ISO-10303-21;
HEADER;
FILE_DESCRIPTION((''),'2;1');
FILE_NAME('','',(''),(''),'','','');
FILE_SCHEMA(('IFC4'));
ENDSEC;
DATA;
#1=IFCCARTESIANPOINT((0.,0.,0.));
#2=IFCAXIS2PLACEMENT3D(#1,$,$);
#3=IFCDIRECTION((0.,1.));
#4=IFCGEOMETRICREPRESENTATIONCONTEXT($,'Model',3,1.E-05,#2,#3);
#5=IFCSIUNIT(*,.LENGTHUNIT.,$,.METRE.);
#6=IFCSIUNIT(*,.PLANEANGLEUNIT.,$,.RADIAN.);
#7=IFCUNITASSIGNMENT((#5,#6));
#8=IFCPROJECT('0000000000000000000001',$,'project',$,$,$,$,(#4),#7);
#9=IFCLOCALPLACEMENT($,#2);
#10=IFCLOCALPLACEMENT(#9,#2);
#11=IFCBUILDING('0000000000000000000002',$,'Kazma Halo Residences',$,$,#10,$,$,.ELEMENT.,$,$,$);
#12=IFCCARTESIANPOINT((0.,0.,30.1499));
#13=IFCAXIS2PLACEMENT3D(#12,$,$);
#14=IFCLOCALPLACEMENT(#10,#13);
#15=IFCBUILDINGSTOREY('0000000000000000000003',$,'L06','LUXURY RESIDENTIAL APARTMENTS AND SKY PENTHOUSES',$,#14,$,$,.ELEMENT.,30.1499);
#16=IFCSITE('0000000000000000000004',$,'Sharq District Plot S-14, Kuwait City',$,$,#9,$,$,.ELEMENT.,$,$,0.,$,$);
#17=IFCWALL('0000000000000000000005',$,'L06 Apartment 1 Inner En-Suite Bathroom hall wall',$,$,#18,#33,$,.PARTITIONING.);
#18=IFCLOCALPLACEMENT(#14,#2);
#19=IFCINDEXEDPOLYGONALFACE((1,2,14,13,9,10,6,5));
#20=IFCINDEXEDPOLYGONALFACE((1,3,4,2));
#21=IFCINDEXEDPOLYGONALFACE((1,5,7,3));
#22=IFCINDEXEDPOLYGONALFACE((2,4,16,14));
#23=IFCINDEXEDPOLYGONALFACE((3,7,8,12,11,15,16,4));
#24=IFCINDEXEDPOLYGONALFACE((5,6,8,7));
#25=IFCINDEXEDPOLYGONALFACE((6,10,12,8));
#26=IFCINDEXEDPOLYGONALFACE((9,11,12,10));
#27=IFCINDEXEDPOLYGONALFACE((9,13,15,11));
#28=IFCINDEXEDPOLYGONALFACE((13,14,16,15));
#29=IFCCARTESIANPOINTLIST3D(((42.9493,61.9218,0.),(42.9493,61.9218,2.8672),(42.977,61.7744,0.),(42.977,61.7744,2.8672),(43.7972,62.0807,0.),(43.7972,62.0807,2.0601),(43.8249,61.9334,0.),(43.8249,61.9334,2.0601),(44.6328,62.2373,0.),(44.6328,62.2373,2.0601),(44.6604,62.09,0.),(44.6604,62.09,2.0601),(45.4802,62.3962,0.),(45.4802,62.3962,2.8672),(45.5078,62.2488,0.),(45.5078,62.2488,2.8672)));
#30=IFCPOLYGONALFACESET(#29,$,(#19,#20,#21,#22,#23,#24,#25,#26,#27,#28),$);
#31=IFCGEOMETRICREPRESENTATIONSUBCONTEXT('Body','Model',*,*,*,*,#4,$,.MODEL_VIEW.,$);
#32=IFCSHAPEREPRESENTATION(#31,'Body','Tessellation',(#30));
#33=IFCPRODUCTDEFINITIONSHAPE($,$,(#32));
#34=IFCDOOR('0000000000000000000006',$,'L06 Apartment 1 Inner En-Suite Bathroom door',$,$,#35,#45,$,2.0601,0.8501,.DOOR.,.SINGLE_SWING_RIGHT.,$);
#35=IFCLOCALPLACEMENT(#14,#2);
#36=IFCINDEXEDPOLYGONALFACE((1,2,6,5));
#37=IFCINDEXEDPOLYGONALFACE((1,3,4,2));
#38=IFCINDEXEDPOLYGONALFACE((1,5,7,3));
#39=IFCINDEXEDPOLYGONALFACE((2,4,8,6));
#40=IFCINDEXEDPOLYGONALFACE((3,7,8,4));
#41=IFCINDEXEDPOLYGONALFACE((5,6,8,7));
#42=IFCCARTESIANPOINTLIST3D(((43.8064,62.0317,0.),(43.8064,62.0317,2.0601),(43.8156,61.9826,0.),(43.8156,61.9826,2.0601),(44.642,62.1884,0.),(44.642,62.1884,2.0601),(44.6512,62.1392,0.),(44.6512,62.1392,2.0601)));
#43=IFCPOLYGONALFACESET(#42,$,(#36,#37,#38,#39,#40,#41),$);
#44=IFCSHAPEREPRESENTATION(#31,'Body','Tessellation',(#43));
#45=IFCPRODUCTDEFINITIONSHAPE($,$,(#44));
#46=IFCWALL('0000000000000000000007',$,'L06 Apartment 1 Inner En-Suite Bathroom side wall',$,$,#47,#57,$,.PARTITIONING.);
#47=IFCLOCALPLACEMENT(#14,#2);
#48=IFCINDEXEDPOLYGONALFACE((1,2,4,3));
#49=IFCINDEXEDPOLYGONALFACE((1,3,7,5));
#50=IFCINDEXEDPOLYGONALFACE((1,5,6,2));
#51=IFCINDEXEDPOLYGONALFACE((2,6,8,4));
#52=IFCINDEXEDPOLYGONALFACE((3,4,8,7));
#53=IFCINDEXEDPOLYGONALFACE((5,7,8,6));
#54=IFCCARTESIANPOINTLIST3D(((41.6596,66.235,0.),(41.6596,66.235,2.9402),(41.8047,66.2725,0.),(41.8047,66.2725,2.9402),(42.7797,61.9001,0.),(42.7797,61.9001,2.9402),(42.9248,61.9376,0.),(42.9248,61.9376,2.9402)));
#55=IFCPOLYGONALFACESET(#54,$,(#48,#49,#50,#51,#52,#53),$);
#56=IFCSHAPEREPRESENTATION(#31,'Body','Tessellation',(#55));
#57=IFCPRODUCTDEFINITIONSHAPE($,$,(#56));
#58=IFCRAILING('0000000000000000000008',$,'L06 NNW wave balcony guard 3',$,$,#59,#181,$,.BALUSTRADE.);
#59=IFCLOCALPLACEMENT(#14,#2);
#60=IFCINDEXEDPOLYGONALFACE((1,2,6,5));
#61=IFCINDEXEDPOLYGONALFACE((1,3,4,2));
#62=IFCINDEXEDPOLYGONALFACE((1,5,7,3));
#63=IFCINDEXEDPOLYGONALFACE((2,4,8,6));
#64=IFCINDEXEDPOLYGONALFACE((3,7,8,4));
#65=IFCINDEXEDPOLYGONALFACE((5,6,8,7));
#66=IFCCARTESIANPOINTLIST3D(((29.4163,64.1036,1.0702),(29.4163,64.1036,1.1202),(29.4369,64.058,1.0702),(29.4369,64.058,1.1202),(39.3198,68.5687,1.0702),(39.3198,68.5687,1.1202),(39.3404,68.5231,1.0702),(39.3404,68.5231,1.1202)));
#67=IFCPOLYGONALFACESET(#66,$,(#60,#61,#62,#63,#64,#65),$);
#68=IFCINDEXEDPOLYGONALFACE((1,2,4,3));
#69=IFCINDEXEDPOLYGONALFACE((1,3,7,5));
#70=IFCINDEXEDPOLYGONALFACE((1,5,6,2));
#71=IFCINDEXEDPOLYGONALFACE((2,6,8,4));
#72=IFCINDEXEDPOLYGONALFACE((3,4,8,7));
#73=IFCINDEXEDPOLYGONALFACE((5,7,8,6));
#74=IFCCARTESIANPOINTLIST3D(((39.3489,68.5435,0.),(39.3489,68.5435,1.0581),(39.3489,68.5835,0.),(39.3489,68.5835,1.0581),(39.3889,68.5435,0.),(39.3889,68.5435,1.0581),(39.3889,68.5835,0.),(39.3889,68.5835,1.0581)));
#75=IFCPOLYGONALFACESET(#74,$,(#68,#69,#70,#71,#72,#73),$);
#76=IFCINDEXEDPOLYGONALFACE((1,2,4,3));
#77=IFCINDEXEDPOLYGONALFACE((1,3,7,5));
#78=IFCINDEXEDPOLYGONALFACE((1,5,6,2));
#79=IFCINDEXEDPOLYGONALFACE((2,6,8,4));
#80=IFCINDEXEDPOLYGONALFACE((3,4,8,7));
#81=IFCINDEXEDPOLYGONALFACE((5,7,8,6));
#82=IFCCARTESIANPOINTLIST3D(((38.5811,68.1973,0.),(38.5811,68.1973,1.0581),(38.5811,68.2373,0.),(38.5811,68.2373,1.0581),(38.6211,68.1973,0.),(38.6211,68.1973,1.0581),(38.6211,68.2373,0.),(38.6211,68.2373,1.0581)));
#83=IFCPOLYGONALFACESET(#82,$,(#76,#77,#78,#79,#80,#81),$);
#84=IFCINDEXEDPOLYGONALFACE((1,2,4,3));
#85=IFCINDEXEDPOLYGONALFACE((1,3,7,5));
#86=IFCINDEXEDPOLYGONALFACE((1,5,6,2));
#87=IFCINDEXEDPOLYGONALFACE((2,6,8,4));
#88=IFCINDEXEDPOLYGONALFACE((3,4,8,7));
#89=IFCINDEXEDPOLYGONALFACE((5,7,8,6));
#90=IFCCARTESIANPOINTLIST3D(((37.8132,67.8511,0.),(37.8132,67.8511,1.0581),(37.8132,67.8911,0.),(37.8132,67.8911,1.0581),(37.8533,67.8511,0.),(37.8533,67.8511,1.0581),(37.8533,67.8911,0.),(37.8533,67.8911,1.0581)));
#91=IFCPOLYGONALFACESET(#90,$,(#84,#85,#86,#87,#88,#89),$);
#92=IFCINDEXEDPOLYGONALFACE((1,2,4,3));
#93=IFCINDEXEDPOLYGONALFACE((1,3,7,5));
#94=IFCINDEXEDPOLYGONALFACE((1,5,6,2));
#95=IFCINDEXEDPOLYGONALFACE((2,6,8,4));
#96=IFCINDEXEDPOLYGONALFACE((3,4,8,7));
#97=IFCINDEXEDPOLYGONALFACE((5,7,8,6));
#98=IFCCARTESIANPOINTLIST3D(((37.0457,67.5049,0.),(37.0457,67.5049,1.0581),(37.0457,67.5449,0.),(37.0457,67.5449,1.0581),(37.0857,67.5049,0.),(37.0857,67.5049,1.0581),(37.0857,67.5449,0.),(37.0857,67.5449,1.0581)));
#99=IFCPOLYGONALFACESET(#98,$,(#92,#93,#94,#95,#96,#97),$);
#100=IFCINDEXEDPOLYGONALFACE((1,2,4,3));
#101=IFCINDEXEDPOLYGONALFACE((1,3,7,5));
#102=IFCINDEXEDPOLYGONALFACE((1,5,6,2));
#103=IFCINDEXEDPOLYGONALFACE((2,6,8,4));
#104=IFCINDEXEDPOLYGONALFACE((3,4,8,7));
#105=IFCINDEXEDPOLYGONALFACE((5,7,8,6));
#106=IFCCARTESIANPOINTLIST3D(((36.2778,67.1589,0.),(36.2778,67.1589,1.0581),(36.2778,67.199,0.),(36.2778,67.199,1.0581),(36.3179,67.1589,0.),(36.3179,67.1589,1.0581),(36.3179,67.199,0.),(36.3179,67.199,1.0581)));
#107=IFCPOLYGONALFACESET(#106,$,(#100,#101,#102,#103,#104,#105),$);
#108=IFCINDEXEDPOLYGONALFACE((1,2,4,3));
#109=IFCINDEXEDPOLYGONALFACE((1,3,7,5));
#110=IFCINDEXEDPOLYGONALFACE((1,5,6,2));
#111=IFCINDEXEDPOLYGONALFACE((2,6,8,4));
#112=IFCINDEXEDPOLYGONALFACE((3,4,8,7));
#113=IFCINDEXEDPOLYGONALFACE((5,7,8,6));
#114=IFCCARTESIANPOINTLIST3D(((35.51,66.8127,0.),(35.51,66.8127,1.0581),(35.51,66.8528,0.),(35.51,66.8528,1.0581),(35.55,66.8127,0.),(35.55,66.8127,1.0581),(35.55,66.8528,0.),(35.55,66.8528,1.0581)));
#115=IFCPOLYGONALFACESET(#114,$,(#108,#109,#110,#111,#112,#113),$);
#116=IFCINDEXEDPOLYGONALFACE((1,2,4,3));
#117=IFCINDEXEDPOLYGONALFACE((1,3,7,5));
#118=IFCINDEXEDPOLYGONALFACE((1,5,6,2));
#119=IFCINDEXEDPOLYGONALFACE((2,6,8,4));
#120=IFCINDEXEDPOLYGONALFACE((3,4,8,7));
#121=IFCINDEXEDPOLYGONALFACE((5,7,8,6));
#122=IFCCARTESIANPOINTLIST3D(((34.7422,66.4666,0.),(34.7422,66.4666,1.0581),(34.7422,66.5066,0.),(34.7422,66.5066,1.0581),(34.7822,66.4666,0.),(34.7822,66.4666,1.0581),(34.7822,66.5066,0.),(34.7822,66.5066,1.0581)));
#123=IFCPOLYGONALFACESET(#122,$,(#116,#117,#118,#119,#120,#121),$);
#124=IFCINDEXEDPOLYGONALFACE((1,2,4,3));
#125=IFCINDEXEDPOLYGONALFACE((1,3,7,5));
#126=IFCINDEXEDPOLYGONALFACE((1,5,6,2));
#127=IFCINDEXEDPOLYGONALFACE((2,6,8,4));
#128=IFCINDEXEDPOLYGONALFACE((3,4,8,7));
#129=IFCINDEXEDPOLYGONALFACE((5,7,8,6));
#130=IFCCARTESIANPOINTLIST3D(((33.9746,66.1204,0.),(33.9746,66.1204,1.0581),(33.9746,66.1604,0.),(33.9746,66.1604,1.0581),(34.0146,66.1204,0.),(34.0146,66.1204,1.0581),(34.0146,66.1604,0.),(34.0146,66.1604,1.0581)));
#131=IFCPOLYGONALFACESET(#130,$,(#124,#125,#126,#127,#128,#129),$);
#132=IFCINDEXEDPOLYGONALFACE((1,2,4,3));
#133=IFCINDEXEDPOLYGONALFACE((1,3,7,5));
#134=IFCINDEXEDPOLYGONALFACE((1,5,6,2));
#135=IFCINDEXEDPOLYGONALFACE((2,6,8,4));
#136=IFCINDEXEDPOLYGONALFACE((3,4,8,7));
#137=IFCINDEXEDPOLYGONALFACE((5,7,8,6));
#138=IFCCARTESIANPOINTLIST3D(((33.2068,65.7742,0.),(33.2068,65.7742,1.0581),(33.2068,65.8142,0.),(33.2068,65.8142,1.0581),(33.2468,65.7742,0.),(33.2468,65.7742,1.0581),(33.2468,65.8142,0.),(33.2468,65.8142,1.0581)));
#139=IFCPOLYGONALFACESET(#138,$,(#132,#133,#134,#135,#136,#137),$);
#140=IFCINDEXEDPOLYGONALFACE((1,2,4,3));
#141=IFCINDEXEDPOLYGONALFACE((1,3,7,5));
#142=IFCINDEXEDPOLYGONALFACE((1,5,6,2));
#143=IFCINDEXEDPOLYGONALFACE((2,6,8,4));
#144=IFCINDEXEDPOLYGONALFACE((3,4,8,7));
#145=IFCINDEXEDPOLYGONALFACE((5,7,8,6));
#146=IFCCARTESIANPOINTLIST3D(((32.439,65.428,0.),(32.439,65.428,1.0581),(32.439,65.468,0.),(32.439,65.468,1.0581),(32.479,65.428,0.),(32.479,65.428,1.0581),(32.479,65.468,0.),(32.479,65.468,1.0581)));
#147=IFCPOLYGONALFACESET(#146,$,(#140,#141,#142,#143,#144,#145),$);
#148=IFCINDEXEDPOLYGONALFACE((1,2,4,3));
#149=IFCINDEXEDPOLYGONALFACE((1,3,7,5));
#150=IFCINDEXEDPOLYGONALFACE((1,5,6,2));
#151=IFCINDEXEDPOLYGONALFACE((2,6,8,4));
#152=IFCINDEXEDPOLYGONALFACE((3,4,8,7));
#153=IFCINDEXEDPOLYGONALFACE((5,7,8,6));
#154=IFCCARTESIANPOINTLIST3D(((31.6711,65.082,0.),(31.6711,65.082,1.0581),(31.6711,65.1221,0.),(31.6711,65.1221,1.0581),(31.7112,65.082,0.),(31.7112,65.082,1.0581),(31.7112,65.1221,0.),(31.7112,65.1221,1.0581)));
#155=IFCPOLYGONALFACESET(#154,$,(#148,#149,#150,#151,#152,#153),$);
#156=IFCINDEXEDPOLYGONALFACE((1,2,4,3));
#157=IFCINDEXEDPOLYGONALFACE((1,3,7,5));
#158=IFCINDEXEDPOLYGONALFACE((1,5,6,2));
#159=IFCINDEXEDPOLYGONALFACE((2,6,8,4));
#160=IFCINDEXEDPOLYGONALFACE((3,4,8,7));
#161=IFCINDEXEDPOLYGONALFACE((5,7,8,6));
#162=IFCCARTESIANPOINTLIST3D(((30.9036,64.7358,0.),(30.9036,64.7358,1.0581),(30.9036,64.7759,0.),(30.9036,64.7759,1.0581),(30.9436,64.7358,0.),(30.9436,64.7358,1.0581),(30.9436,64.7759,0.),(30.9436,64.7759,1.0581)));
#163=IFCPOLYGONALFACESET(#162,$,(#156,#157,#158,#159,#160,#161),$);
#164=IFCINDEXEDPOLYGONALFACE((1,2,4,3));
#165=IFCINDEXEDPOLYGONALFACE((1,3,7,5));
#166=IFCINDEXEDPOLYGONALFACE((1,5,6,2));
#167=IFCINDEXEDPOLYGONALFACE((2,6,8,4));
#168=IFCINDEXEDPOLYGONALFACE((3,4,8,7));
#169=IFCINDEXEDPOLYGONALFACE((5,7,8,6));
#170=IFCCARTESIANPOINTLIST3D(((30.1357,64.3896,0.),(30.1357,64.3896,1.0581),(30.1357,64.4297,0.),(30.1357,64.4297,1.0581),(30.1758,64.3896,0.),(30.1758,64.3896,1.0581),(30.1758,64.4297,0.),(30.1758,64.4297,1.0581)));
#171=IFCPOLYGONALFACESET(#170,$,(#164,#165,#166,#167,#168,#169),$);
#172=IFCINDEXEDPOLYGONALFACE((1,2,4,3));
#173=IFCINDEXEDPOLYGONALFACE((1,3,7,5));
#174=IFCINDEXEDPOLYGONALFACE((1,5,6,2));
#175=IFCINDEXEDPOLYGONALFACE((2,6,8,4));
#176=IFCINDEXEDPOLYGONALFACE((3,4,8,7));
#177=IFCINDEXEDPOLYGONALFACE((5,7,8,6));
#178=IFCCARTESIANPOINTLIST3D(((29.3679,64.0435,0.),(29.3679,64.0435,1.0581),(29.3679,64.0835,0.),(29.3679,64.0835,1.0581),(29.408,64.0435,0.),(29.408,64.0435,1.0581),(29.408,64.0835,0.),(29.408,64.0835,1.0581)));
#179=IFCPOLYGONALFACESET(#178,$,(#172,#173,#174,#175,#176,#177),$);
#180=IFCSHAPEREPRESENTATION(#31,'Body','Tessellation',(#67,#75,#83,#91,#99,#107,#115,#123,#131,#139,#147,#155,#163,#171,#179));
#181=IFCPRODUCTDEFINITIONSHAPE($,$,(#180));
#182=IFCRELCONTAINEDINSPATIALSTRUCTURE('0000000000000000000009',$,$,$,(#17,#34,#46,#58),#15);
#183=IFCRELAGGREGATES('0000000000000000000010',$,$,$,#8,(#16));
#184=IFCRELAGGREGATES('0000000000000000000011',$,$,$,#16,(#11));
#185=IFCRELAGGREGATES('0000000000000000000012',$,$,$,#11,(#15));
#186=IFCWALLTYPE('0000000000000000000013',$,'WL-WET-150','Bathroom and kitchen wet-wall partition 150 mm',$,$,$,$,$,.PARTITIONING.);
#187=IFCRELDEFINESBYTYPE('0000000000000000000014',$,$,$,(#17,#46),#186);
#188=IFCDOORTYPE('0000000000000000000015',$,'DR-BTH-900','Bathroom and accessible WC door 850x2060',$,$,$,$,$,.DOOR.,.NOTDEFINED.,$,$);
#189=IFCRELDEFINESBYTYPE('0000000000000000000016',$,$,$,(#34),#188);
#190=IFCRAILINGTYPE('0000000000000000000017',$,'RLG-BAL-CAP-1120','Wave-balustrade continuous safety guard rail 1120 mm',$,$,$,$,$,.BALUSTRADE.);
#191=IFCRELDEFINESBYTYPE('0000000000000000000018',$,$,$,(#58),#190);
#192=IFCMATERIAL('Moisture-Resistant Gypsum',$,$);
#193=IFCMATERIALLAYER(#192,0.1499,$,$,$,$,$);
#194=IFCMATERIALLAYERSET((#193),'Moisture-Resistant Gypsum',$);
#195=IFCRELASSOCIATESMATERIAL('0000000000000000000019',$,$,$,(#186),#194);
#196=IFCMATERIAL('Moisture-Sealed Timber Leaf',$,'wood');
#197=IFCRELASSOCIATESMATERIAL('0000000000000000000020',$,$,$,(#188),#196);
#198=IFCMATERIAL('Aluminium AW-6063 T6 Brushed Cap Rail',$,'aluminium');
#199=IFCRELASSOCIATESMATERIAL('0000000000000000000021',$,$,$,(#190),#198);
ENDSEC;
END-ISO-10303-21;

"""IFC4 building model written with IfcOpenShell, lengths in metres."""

from ifc_helpers import new_model, si_unit, direction, frame, frame_2d, origin, origin_2d, place, context, subcontext, project, spatial, rectangle, extrude, material, layer, layer_set, type_object, element, fill, save


model = new_model("IFC4")

# Units and contexts
model_context = context("Model", 3, precision=1e-05, world=origin(), true_north=direction((0.0, 1.0)))
body_context = subcontext(model_context, "Body", "Model", "MODEL_VIEW")
ifc_project = project(units=[si_unit("LENGTHUNIT", "METRE"), si_unit("PLANEANGLEUNIT", "RADIAN")], contexts=[model_context])

# Site, building, storey
site_placement = place(None, origin())
site = spatial("IfcSite", under=ifc_project, at=site_placement, Name="Sharq District Plot S-14, Kuwait City", CompositionType="ELEMENT", RefElevation=0.0)
building_placement = place(site_placement, origin())
building = spatial("IfcBuilding", under=site, at=building_placement, Name="Kazma Halo Residences", CompositionType="ELEMENT")
storey_placement = place(building_placement, frame((0.0, 0.0, 30.1499)))
storey = spatial("IfcBuildingStorey", under=building, at=storey_placement, Name="L06", Description="LUXURY RESIDENTIAL APARTMENTS AND SKY PENTHOUSES", CompositionType="ELEMENT", Elevation=30.1499)

# Wall, opening, door
ifc_material_1 = material(Name="Moisture-Resistant Gypsum")
ifc_layer_1 = layer(ifc_material_1, 0.1499)
ifc_layer_set_1 = layer_set([ifc_layer_1], Name="Moisture-Resistant Gypsum")
wall_type_1 = type_object("IfcWallType", Name="WL-WET-150", Description="Bathroom and kitchen wet-wall partition 150 mm", PredefinedType="PARTITIONING", material=ifc_layer_set_1)
wall_1_placement = place(storey_placement, frame((45.4941, 62.3225, 0.0), z_axis=(0.0, 0.0, 1.0), x_axis=(-0.982883, -0.184231, 0.0)))
wall_1 = element("IfcWall", 1, at=wall_1_placement, inside=storey, type_object=wall_type_1, Name="L06 Apartment 1 Inner En-Suite Bathroom hall wall", PredefinedType="PARTITIONING", context=body_context, shape_type="SweptSolid", body=[
    extrude(rectangle(XDim=2.575, YDim=0.1499, at=frame_2d((1.2876, 0.0))), origin(), (0.0, 0.0, 1.0), 2.8672),
])
opening_1_placement = place(wall_1_placement, frame((0.8623, 0.0, 0.0)))
opening_1 = element("IfcOpeningElement", 2, at=opening_1_placement, cuts=wall_1, PredefinedType="OPENING", context=body_context, shape_type="SweptSolid", body=[
    extrude(rectangle(XDim=0.8501, YDim=2.0601, at=frame_2d((0.425, 1.03))), frame((0.0, 0.085, 0.0), z_axis=(0.0, -1.0, 0.0), x_axis=(1.0, 0.0, 0.0)), (0.0, 0.0, 1.0), 0.1699),
])
ifc_material_2 = material(Name="Moisture-Sealed Timber Leaf", Category="wood")
door_type_1 = type_object("IfcDoorType", Name="DR-BTH-900", Description="Bathroom and accessible WC door 850x2060", OperationType="NOTDEFINED", PredefinedType="DOOR", material=ifc_material_2)
door_1_placement = place(opening_1_placement, origin())
door_1 = element("IfcDoor", 3, at=door_1_placement, inside=storey, type_object=door_type_1, Name="L06 Apartment 1 Inner En-Suite Bathroom door", OperationType="SINGLE_SWING_RIGHT", OverallHeight=2.0601, OverallWidth=0.8501, PredefinedType="DOOR", context=body_context, shape_type="SweptSolid", body=[
    extrude(rectangle(XDim=0.8501, YDim=2.0601, at=frame_2d((0.425, 1.03))), frame((0.0, 0.0249, 0.0), z_axis=(0.0, -1.0, 0.0), x_axis=(1.0, 0.0, 0.0)), (0.0, 0.0, 1.0), 0.05),
])
fill(opening_1, door_1)

# Wall
wall_2_placement = place(storey_placement, frame((42.8523, 61.9187, 0.0), z_axis=(0.0, 0.0, 1.0), x_axis=(-0.250175, 0.968201, 0.0)))
element("IfcWall", 4, at=wall_2_placement, inside=storey, type_object=wall_type_1, Name="L06 Apartment 1 Inner En-Suite Bathroom side wall", PredefinedType="PARTITIONING", context=body_context, shape_type="SweptSolid", body=[
    extrude(rectangle(XDim=4.4773, YDim=0.1499, at=frame_2d((2.2388, 0.0))), origin(), (0.0, 0.0, 1.0), 2.9402),
])

# Railing
ifc_material_3 = material(Name="Aluminium AW-6063 T6 Brushed Cap Rail", Category="aluminium")
railing_type = type_object("IfcRailingType", Name="RLG-BAL-CAP-1120", Description="Wave-balustrade continuous safety guard rail 1120 mm", PredefinedType="BALUSTRADE", material=ifc_material_3)
railing_placement = place(storey_placement, frame((39.3689, 68.5635, 0.0)))
element("IfcRailing", 5, at=railing_placement, inside=storey, type_object=railing_type, Name="L06 NNW wave balcony guard 3", PredefinedType="BALUSTRADE", context=body_context, shape_type="SweptSolid", body=[
    extrude(rectangle(XDim=0.05, YDim=0.05, at=origin_2d()), frame((-0.0388, -0.0176, 1.0952), z_axis=(-0.911628, -0.411015, 0.0), x_axis=(0.411015, -0.911628, 0.0)), (0.0, 0.0, 1.0), 10.8635),
    extrude(rectangle(XDim=0.04, YDim=0.04, at=origin_2d()), origin(), (0.0, 0.0, 1.0), 1.0581),
    extrude(rectangle(XDim=0.04, YDim=0.04, at=origin_2d()), frame((-0.7678, -0.3462, 0.0)), (0.0, 0.0, 1.0), 1.0581),
    extrude(rectangle(XDim=0.04, YDim=0.04, at=origin_2d()), frame((-1.5356, -0.6924, 0.0)), (0.0, 0.0, 1.0), 1.0581),
    extrude(rectangle(XDim=0.04, YDim=0.04, at=origin_2d()), frame((-2.3032, -1.0386, 0.0)), (0.0, 0.0, 1.0), 1.0581),
    extrude(rectangle(XDim=0.04, YDim=0.04, at=origin_2d()), frame((-3.071, -1.3845, 0.0)), (0.0, 0.0, 1.0), 1.0581),
    extrude(rectangle(XDim=0.04, YDim=0.04, at=origin_2d()), frame((-3.8389, -1.7307, 0.0)), (0.0, 0.0, 1.0), 1.0581),
    extrude(rectangle(XDim=0.04, YDim=0.04, at=origin_2d()), frame((-4.6067, -2.0769, 0.0)), (0.0, 0.0, 1.0), 1.0581),
    extrude(rectangle(XDim=0.04, YDim=0.04, at=origin_2d()), frame((-5.3743, -2.4231, 0.0)), (0.0, 0.0, 1.0), 1.0581),
    extrude(rectangle(XDim=0.04, YDim=0.04, at=origin_2d()), frame((-6.1421, -2.7693, 0.0)), (0.0, 0.0, 1.0), 1.0581),
    extrude(rectangle(XDim=0.04, YDim=0.04, at=origin_2d()), frame((-6.9099, -3.1155, 0.0)), (0.0, 0.0, 1.0), 1.0581),
    extrude(rectangle(XDim=0.04, YDim=0.04, at=origin_2d()), frame((-7.6777, -3.4614, 0.0)), (0.0, 0.0, 1.0), 1.0581),
    extrude(rectangle(XDim=0.04, YDim=0.04, at=origin_2d()), frame((-8.4453, -3.8076, 0.0)), (0.0, 0.0, 1.0), 1.0581),
    extrude(rectangle(XDim=0.04, YDim=0.04, at=origin_2d()), frame((-9.2131, -4.1538, 0.0)), (0.0, 0.0, 1.0), 1.0581),
    extrude(rectangle(XDim=0.04, YDim=0.04, at=origin_2d()), frame((-9.981, -4.5, 0.0)), (0.0, 0.0, 1.0), 1.0581),
])

save(model, "model.ifc")
